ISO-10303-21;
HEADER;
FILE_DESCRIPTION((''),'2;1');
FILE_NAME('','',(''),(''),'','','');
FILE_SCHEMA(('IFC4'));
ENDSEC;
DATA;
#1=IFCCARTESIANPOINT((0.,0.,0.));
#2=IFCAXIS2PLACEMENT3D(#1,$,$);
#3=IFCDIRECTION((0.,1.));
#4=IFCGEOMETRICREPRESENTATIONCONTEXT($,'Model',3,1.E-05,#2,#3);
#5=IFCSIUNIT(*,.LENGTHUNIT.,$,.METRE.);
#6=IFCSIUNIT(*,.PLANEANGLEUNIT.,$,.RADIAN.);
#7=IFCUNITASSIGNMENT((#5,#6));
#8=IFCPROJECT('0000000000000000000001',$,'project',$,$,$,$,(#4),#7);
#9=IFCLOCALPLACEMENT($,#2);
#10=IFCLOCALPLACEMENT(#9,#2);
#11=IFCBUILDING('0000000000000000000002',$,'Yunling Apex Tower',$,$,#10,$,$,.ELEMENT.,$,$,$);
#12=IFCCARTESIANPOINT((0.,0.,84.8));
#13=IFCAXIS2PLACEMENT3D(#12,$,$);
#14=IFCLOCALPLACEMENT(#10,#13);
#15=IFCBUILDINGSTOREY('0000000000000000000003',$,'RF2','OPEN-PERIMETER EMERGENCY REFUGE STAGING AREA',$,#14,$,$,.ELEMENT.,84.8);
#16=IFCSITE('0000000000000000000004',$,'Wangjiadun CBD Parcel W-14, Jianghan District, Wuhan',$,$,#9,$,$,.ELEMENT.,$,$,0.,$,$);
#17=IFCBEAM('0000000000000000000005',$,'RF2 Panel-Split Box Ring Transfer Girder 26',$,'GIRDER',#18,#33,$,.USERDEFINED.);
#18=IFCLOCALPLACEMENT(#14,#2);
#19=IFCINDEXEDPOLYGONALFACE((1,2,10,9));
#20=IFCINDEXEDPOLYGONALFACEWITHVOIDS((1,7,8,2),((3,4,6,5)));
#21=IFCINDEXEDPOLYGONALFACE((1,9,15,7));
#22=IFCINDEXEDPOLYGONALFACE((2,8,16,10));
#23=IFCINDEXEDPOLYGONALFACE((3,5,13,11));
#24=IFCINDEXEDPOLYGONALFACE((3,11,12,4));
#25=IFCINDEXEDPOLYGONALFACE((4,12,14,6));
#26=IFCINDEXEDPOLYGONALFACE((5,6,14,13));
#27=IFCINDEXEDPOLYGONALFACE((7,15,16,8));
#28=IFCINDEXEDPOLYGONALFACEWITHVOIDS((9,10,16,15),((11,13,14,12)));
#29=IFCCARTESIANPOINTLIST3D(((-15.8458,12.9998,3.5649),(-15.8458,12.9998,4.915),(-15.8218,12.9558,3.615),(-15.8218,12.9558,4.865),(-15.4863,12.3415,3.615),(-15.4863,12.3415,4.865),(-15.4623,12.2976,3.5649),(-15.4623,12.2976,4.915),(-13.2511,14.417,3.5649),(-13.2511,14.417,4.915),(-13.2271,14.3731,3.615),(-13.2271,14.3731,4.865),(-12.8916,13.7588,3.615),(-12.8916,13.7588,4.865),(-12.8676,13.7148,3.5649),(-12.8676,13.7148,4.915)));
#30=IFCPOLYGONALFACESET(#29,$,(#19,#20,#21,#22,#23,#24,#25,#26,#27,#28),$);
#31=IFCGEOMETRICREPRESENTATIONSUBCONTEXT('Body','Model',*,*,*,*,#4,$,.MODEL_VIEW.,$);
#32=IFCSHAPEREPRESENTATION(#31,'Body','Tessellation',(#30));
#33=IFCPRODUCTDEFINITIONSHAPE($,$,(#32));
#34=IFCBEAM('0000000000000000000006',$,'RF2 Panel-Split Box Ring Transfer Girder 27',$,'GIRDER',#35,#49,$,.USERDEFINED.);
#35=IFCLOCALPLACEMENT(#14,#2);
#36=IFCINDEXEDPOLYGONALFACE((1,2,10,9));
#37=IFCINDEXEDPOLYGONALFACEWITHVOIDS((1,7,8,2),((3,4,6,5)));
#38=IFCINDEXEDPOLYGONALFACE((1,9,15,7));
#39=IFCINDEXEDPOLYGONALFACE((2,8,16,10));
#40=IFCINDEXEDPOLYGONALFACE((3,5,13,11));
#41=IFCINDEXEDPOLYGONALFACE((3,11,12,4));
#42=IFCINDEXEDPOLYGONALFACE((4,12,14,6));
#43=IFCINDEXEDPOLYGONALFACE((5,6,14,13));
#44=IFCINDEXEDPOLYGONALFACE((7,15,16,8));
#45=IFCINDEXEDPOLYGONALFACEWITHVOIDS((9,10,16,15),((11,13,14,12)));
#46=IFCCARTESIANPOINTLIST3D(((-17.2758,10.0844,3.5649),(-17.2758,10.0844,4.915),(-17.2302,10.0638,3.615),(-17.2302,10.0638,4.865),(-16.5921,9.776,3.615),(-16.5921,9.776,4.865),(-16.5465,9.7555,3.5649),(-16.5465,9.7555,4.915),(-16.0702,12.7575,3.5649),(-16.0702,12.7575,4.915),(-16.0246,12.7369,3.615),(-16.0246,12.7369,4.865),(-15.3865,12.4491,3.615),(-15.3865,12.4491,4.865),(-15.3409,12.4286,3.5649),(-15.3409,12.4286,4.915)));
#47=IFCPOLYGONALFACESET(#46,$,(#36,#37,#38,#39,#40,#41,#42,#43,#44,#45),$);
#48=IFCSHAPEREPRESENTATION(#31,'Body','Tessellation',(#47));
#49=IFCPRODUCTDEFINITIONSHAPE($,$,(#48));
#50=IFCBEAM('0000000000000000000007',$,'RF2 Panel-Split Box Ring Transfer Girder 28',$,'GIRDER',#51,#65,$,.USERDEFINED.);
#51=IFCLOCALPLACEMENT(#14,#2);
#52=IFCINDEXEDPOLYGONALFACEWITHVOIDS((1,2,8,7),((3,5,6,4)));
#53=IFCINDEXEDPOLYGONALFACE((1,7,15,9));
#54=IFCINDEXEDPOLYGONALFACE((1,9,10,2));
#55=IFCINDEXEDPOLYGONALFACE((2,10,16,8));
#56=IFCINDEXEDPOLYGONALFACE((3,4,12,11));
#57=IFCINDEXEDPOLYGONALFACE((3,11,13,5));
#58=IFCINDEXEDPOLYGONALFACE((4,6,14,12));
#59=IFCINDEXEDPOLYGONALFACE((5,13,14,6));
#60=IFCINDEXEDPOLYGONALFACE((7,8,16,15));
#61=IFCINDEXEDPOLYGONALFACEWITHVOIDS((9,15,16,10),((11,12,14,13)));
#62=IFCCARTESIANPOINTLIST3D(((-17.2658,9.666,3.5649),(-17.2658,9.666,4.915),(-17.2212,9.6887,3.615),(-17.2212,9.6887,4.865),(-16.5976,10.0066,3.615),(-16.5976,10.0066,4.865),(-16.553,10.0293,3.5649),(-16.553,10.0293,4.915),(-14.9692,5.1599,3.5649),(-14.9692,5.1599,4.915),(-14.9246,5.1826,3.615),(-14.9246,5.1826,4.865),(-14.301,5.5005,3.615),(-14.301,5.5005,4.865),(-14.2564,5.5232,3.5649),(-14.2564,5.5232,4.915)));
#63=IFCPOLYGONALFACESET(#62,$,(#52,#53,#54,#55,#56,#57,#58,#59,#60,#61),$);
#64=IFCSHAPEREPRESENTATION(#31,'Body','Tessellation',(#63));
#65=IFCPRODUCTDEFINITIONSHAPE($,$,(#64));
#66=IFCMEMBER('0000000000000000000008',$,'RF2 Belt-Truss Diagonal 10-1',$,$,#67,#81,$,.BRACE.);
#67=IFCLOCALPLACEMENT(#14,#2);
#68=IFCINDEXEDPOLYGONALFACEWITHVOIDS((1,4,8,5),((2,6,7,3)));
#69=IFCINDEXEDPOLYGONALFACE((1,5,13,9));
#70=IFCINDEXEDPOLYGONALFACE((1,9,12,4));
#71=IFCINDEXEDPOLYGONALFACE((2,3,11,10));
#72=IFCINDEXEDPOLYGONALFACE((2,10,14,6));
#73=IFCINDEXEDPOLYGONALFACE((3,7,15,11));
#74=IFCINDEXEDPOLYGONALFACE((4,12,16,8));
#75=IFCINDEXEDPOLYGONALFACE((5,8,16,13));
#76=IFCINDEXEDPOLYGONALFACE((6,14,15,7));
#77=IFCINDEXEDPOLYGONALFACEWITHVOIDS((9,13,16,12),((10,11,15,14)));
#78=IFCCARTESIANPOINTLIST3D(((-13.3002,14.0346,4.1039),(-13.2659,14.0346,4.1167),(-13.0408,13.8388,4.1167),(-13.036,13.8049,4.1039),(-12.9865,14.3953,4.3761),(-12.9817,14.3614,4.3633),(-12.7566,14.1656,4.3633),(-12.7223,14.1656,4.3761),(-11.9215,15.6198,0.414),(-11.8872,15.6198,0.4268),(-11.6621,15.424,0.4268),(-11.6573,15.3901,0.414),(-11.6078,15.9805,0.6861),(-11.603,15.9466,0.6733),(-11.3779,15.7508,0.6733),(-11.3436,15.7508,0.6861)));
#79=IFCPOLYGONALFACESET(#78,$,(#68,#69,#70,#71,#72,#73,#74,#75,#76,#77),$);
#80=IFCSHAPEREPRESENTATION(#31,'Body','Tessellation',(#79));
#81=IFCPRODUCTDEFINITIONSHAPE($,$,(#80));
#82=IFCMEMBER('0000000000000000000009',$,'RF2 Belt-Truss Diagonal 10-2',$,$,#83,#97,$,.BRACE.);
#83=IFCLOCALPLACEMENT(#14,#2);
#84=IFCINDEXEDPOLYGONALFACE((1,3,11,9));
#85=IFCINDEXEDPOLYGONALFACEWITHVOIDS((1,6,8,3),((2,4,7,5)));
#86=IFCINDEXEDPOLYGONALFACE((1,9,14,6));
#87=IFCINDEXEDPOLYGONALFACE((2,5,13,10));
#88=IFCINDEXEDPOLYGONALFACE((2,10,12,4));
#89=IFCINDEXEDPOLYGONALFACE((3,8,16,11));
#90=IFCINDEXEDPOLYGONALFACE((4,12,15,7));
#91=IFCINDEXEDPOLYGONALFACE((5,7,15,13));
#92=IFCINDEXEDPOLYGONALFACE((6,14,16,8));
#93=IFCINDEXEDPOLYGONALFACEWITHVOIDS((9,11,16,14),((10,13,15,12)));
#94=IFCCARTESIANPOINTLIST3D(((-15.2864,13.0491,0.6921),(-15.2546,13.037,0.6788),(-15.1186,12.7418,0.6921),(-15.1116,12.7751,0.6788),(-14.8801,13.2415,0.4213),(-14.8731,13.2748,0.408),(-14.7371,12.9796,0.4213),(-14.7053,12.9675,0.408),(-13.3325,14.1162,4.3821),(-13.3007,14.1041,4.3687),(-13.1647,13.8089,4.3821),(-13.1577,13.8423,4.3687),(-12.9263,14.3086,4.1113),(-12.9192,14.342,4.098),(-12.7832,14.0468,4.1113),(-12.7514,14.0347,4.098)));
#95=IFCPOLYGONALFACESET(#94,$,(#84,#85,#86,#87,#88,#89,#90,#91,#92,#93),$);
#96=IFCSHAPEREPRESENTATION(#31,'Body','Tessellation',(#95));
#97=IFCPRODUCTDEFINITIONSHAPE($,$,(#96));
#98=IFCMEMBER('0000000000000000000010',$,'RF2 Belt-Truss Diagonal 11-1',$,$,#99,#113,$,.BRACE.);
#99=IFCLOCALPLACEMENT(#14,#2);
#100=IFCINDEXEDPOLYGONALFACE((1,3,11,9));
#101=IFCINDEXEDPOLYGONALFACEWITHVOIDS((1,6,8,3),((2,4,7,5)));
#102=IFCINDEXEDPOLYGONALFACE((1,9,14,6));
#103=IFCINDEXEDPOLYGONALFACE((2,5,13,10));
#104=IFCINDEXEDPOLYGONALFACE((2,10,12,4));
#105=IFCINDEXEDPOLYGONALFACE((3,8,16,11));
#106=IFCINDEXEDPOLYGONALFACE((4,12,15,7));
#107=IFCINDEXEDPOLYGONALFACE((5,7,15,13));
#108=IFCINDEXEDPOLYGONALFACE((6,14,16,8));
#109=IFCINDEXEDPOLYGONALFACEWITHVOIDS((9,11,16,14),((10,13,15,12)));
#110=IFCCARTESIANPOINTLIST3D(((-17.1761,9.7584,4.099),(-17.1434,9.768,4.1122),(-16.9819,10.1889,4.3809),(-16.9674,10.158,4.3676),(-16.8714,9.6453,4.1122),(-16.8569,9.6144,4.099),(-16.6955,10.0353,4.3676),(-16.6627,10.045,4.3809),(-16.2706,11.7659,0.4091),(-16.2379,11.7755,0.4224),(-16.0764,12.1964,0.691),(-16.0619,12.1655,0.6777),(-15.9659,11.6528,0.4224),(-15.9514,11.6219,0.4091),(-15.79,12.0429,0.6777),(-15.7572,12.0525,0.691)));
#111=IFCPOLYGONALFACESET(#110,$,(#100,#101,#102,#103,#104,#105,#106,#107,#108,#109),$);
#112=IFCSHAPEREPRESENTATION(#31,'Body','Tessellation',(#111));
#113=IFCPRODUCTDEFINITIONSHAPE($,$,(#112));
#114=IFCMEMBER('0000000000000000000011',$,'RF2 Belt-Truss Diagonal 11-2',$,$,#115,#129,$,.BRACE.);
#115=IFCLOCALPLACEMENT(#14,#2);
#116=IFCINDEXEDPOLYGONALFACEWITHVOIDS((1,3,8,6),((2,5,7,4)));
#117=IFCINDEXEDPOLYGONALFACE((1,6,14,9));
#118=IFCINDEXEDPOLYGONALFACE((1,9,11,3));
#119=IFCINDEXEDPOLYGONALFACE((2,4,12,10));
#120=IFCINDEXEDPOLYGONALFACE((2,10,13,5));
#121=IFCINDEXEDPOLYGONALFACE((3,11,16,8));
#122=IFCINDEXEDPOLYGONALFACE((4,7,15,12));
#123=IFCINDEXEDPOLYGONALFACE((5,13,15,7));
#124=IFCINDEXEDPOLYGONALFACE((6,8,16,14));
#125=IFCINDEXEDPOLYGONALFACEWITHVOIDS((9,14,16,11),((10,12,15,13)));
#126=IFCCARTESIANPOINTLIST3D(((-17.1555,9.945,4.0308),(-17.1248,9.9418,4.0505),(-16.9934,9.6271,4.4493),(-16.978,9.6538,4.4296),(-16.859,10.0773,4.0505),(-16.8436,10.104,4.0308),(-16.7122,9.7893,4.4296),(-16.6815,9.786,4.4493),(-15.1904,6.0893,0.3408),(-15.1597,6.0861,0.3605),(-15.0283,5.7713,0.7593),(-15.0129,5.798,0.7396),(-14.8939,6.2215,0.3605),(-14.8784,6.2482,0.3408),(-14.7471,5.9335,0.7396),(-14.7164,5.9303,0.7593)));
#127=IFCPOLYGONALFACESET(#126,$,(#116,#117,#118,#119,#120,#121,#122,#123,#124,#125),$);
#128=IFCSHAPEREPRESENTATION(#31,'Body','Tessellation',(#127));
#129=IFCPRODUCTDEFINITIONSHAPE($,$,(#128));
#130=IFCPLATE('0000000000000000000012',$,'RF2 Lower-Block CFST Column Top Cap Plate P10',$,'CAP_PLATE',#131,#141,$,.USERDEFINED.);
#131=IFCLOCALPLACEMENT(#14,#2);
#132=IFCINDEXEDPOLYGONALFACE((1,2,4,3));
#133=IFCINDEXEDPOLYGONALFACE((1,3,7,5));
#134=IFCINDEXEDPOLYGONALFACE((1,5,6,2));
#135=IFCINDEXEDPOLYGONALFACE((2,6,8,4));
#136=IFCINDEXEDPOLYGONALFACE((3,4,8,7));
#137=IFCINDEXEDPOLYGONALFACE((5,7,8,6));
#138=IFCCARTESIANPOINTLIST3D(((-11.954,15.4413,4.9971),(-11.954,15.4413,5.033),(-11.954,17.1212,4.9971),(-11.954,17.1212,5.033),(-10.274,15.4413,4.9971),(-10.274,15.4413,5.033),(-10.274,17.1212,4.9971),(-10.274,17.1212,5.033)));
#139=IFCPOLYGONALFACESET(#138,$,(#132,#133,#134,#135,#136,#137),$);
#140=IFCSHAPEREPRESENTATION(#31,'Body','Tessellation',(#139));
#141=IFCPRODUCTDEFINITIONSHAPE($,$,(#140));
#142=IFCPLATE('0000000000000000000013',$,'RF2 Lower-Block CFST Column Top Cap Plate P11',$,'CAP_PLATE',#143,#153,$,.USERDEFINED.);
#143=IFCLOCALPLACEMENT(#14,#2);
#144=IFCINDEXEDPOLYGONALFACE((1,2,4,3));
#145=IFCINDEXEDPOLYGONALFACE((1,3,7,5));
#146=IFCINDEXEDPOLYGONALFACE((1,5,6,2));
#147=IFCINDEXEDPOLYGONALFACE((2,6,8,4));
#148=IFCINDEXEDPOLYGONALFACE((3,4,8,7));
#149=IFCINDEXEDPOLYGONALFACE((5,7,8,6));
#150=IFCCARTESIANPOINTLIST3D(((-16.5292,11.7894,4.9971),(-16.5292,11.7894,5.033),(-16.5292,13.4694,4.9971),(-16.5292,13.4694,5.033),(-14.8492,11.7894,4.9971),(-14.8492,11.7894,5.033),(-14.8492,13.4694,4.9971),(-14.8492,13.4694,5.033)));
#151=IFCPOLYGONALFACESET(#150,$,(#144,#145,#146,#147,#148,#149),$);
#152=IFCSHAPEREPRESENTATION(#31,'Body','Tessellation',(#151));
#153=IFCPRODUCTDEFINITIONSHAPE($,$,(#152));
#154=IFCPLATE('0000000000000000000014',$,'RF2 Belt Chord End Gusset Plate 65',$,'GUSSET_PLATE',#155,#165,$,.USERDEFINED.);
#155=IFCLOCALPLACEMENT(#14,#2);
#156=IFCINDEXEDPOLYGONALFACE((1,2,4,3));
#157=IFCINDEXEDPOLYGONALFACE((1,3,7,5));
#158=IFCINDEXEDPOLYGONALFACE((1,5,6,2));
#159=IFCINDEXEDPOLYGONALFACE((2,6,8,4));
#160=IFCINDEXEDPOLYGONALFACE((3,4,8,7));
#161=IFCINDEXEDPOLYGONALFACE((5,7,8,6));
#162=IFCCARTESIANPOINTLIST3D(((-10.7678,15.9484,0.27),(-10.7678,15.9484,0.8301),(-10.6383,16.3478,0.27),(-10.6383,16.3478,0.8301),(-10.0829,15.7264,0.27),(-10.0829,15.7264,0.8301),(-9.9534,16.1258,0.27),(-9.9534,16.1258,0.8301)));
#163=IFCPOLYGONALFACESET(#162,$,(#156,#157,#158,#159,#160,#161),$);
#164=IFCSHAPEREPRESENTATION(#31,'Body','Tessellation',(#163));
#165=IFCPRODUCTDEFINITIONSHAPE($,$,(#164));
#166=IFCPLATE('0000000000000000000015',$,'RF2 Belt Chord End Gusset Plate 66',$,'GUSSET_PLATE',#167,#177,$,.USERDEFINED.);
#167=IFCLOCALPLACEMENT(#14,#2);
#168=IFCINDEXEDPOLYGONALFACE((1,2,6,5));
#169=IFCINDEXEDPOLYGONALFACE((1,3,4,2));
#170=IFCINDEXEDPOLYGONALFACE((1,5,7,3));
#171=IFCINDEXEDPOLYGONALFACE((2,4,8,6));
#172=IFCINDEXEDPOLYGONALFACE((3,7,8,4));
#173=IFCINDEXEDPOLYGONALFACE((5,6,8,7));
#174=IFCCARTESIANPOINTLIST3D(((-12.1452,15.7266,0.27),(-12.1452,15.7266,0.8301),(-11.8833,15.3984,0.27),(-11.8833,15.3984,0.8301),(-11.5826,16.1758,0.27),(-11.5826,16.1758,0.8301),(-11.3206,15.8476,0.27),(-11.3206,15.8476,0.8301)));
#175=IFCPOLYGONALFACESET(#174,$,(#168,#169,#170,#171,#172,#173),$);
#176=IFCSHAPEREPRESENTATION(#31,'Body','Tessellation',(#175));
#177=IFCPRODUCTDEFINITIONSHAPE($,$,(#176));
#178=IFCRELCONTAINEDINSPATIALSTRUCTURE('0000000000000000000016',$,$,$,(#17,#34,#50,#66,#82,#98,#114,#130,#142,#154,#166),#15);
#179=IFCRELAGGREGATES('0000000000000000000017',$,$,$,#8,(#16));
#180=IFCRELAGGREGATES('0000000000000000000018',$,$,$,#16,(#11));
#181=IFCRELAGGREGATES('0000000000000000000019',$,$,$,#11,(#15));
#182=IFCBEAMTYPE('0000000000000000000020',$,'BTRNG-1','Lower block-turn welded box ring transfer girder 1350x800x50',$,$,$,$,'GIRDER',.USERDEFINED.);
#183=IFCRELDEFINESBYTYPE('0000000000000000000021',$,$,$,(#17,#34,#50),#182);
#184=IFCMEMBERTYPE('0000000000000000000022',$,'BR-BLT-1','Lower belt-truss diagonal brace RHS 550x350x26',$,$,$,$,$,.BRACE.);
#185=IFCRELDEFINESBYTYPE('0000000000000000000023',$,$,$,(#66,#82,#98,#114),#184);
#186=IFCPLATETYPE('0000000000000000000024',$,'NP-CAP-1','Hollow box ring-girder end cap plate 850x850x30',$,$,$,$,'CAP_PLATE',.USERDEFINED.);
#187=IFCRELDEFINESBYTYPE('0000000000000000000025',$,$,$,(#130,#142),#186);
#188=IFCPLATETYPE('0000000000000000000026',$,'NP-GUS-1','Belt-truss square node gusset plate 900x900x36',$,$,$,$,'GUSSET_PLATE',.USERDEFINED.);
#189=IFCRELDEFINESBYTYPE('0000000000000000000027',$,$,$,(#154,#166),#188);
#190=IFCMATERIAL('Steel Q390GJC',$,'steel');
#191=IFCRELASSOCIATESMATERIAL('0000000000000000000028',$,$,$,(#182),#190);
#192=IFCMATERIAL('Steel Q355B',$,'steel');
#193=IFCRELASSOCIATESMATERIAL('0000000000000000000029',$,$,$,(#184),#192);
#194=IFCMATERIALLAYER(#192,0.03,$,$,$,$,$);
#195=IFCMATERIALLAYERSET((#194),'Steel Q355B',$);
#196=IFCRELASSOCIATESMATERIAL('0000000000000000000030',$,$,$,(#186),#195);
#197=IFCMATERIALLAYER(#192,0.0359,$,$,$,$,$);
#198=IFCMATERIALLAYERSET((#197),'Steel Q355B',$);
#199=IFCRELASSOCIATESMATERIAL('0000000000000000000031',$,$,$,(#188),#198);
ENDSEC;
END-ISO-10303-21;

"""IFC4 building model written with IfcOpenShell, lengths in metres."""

from ifc_helpers import new_model, si_unit, direction, frame, origin, origin_2d, place, context, subcontext, project, spatial, rectangle, hollow_rectangle, extrude, source, transform, mapped, material, layer, layer_set, material_profile, profile_set, type_object, element, save


model = new_model("IFC4")

# Units and contexts
model_context = context("Model", 3, precision=1e-05, world=origin(), true_north=direction((0.0, 1.0)))
body_context = subcontext(model_context, "Body", "Model", "MODEL_VIEW")
ifc_project = project(units=[si_unit("LENGTHUNIT", "METRE"), si_unit("PLANEANGLEUNIT", "RADIAN")], contexts=[model_context])

# Site, building, storey
site_placement = place(None, origin())
site = spatial("IfcSite", under=ifc_project, at=site_placement, Name="Wangjiadun CBD Parcel W-14, Jianghan District, Wuhan", CompositionType="ELEMENT", RefElevation=0.0)
building_placement = place(site_placement, origin())
building = spatial("IfcBuilding", under=site, at=building_placement, Name="Yunling Apex Tower", CompositionType="ELEMENT")
storey_placement = place(building_placement, frame((0.0, 0.0, 84.8)))
storey = spatial("IfcBuildingStorey", under=building, at=storey_placement, Name="RF2", Description="OPEN-PERIMETER EMERGENCY REFUGE STAGING AREA", CompositionType="ELEMENT", Elevation=84.8)

# Shared definitions
ifc_material_1 = material(Name="Steel Q390GJC", Category="steel")

# Beams
ifc_material_profile_1 = material_profile(ifc_material_1, hollow_rectangle(XDim=0.8, YDim=1.3501, WallThickness=0.05, at=origin_2d()))
ifc_profile_set_1 = profile_set([ifc_material_profile_1], Name="Steel Q390GJC")
beam_type = type_object("IfcBeamType", Name="BTRNG-1", Description="Lower block-turn welded box ring transfer girder 1350x800x50", ElementType="GIRDER", PredefinedType="USERDEFINED", material=ifc_profile_set_1)
shared_shape_1 = source(origin(), body_context, "Body", "SweptSolid", [
    extrude(hollow_rectangle(XDim=0.8, YDim=1.3501, WallThickness=0.05, at=origin_2d()), origin(), (0.0, 0.0, 1.0), 2.9565),
])
beam_1_placement = place(storey_placement, frame((-13.0593, 14.0659, 4.24), z_axis=(-0.877621, -0.479355, 0.0), x_axis=(0.479355, -0.877621, 0.0)))
element("IfcBeam", 1, at=beam_1_placement, inside=storey, type_object=beam_type, Name="RF2 Panel-Split Box Ring Transfer Girder 26", ObjectType="GIRDER", PredefinedType="USERDEFINED", context=body_context, shape_type="MappedRepresentation", body=[
    mapped(shared_shape_1, transform((0.0, 0.0, 0.0), scale=1.0)),
])
shared_shape_2 = source(origin(), body_context, "Body", "SweptSolid", [
    extrude(hollow_rectangle(XDim=0.8, YDim=1.3501, WallThickness=0.05, at=origin_2d()), origin(), (0.0, 0.0, 1.0), 2.9324),
])
beam_2_placement = place(storey_placement, frame((-15.7056, 12.593, 4.24), z_axis=(-0.411123, -0.91158, 0.0), x_axis=(0.91158, -0.411123, 0.0)))
element("IfcBeam", 2, at=beam_2_placement, inside=storey, type_object=beam_type, Name="RF2 Panel-Split Box Ring Transfer Girder 27", ObjectType="GIRDER", PredefinedType="USERDEFINED", context=body_context, shape_type="MappedRepresentation", body=[
    mapped(shared_shape_2, transform((0.0, 0.0, 0.0), scale=1.0)),
])
shared_shape_3 = source(origin(), body_context, "Body", "SweptSolid", [
    extrude(hollow_rectangle(XDim=0.8, YDim=1.3501, WallThickness=0.05, at=origin_2d()), origin(), (0.0, 0.0, 1.0), 5.0576),
])
beam_3_placement = place(storey_placement, frame((-16.9094, 9.8477, 4.24), z_axis=(0.454094, -0.890954, 0.0), x_axis=(0.890954, 0.454094, 0.0)))
element("IfcBeam", 3, at=beam_3_placement, inside=storey, type_object=beam_type, Name="RF2 Panel-Split Box Ring Transfer Girder 28", ObjectType="GIRDER", PredefinedType="USERDEFINED", context=body_context, shape_type="MappedRepresentation", body=[
    mapped(shared_shape_3, transform((0.0, 0.0, 0.0), scale=1.0)),
])

# Members
ifc_material_2 = material(Name="Steel Q355B", Category="steel")
ifc_material_profile_2 = material_profile(ifc_material_2, hollow_rectangle(XDim=0.3501, YDim=0.55, WallThickness=0.0259, at=origin_2d()))
ifc_profile_set_2 = profile_set([ifc_material_profile_2], Name="Steel Q355B")
member_type_1 = type_object("IfcMemberType", Name="BR-BLT-1", Description="Lower belt-truss diagonal brace RHS 550x350x26", PredefinedType="BRACE", material=ifc_profile_set_2)
shared_shape_4 = source(origin(), body_context, "Body", "SweptSolid", [
    extrude(hollow_rectangle(XDim=0.3501, YDim=0.55, WallThickness=0.0259, at=origin_2d()), origin(), (0.0, 0.0, 1.0), 4.2461),
])
member_1_placement = place(storey_placement, frame((-11.6326, 15.6853, 0.55), z_axis=(-0.32469, -0.373333, 0.869022), x_axis=(0.754553, -0.656239, 0.0)))
element("IfcMember", 4, at=member_1_placement, inside=storey, type_object=member_type_1, Name="RF2 Belt-Truss Diagonal 10-1", PredefinedType="BRACE", context=body_context, shape_type="MappedRepresentation", body=[
    mapped(shared_shape_4, transform((0.0, 0.0, 0.0), scale=1.0)),
])
shared_shape_5 = source(origin(), body_context, "Body", "SweptSolid", [
    extrude(hollow_rectangle(XDim=0.3501, YDim=0.55, WallThickness=0.0259, at=origin_2d()), origin(), (0.0, 0.0, 1.0), 4.3096),
])
member_2_placement = place(storey_placement, frame((-14.9958, 13.0083, 0.55), z_axis=(0.453381, 0.247623, 0.856229), x_axis=(-0.479336, 0.877631, 0.0)))
element("IfcMember", 5, at=member_2_placement, inside=storey, type_object=member_type_1, Name="RF2 Belt-Truss Diagonal 10-2", PredefinedType="BRACE", context=body_context, shape_type="MappedRepresentation", body=[
    mapped(shared_shape_5, transform((0.0, 0.0, 0.0), scale=1.0)),
])
shared_shape_6 = source(origin(), body_context, "Body", "SweptSolid", [
    extrude(hollow_rectangle(XDim=0.3501, YDim=0.55, WallThickness=0.0259, at=origin_2d()), origin(), (0.0, 0.0, 1.0), 4.2971),
])
member_3_placement = place(storey_placement, frame((-16.0139, 11.9092, 0.55), z_axis=(-0.210723, -0.46718, 0.858684), x_axis=(0.911562, -0.411162, 0.0)))
element("IfcMember", 6, at=member_3_placement, inside=storey, type_object=member_type_1, Name="RF2 Belt-Truss Diagonal 11-1", PredefinedType="BRACE", context=body_context, shape_type="MappedRepresentation", body=[
    mapped(shared_shape_6, transform((0.0, 0.0, 0.0), scale=1.0)),
])
shared_shape_7 = source(origin(), body_context, "Body", "SweptSolid", [
    extrude(hollow_rectangle(XDim=0.3501, YDim=0.55, WallThickness=0.0259, at=origin_2d()), origin(), (0.0, 0.0, 1.0), 5.6873),
])
member_4_placement = place(storey_placement, frame((-14.9534, 6.0098, 0.55), z_axis=(-0.345531, 0.677968, 0.64882), x_axis=(-0.890959, -0.454083, 0.0)))
element("IfcMember", 7, at=member_4_placement, inside=storey, type_object=member_type_1, Name="RF2 Belt-Truss Diagonal 11-2", PredefinedType="BRACE", context=body_context, shape_type="MappedRepresentation", body=[
    mapped(shared_shape_7, transform((0.0, 0.0, 0.0), scale=1.0)),
])

# Plates
ifc_layer_1 = layer(ifc_material_2, 0.03)
ifc_layer_set_1 = layer_set([ifc_layer_1], Name="Steel Q355B")
plate_type_1 = type_object("IfcPlateType", Name="NP-CAP-1", Description="Hollow box ring-girder end cap plate 850x850x30", ElementType="CAP_PLATE", PredefinedType="USERDEFINED", material=ifc_layer_set_1)
shared_shape_8 = source(origin(), body_context, "Body", "SweptSolid", [
    extrude(rectangle(XDim=1.6799, YDim=1.6799, at=origin_2d()), origin(), (0.0, 0.0, 1.0), 0.0359),
])
for number, where, z_axis, x_axis, name in (
    (8, (-11.114, 16.2812, 4.9971), (0.0, 0.0, 1.0), (1.0, 0.0, 0.0), "RF2 Lower-Block CFST Column Top Cap Plate P10"),
    (9, (-15.6892, 12.6294, 4.9971), (0.0, 0.0, 1.0), (1.0, 0.0, 0.0), "RF2 Lower-Block CFST Column Top Cap Plate P11"),
):
    element("IfcPlate", number, at=place(storey_placement, frame(where, z_axis=z_axis, x_axis=x_axis)), inside=storey, type_object=plate_type_1, Name=name, ObjectType="CAP_PLATE", PredefinedType="USERDEFINED", context=body_context, shape_type="MappedRepresentation", body=[
        mapped(shared_shape_8, transform((0.0, 0.0, 0.0), scale=1.0)),
    ])
ifc_layer_2 = layer(ifc_material_2, 0.0359)
ifc_layer_set_2 = layer_set([ifc_layer_2], Name="Steel Q355B")
plate_type_2 = type_object("IfcPlateType", Name="NP-GUS-1", Description="Belt-truss square node gusset plate 900x900x36", ElementType="GUSSET_PLATE", PredefinedType="USERDEFINED", material=ifc_layer_set_2)
shared_shape_9 = source(origin(), body_context, "Body", "SweptSolid", [
    extrude(rectangle(XDim=0.72, YDim=0.4199, at=origin_2d()), origin(), (0.0, 0.0, 1.0), 0.5601),
])
for number, where, z_axis, x_axis, name in (
    (10, (-10.3606, 16.0371, 0.27), (0.0, 0.0, 1.0), (-0.951272, 0.308353, 0.0), "RF2 Belt Chord End Gusset Plate 65"),
    (11, (-11.7329, 15.7871, 0.27), (0.0, 0.0, 1.0), (-0.78152, -0.62388, 0.0), "RF2 Belt Chord End Gusset Plate 66"),
):
    element("IfcPlate", number, at=place(storey_placement, frame(where, z_axis=z_axis, x_axis=x_axis)), inside=storey, type_object=plate_type_2, Name=name, ObjectType="GUSSET_PLATE", PredefinedType="USERDEFINED", context=body_context, shape_type="MappedRepresentation", body=[
        mapped(shared_shape_9, transform((0.0, 0.0, 0.0), scale=1.0)),
    ])

save(model, "model.ifc")
